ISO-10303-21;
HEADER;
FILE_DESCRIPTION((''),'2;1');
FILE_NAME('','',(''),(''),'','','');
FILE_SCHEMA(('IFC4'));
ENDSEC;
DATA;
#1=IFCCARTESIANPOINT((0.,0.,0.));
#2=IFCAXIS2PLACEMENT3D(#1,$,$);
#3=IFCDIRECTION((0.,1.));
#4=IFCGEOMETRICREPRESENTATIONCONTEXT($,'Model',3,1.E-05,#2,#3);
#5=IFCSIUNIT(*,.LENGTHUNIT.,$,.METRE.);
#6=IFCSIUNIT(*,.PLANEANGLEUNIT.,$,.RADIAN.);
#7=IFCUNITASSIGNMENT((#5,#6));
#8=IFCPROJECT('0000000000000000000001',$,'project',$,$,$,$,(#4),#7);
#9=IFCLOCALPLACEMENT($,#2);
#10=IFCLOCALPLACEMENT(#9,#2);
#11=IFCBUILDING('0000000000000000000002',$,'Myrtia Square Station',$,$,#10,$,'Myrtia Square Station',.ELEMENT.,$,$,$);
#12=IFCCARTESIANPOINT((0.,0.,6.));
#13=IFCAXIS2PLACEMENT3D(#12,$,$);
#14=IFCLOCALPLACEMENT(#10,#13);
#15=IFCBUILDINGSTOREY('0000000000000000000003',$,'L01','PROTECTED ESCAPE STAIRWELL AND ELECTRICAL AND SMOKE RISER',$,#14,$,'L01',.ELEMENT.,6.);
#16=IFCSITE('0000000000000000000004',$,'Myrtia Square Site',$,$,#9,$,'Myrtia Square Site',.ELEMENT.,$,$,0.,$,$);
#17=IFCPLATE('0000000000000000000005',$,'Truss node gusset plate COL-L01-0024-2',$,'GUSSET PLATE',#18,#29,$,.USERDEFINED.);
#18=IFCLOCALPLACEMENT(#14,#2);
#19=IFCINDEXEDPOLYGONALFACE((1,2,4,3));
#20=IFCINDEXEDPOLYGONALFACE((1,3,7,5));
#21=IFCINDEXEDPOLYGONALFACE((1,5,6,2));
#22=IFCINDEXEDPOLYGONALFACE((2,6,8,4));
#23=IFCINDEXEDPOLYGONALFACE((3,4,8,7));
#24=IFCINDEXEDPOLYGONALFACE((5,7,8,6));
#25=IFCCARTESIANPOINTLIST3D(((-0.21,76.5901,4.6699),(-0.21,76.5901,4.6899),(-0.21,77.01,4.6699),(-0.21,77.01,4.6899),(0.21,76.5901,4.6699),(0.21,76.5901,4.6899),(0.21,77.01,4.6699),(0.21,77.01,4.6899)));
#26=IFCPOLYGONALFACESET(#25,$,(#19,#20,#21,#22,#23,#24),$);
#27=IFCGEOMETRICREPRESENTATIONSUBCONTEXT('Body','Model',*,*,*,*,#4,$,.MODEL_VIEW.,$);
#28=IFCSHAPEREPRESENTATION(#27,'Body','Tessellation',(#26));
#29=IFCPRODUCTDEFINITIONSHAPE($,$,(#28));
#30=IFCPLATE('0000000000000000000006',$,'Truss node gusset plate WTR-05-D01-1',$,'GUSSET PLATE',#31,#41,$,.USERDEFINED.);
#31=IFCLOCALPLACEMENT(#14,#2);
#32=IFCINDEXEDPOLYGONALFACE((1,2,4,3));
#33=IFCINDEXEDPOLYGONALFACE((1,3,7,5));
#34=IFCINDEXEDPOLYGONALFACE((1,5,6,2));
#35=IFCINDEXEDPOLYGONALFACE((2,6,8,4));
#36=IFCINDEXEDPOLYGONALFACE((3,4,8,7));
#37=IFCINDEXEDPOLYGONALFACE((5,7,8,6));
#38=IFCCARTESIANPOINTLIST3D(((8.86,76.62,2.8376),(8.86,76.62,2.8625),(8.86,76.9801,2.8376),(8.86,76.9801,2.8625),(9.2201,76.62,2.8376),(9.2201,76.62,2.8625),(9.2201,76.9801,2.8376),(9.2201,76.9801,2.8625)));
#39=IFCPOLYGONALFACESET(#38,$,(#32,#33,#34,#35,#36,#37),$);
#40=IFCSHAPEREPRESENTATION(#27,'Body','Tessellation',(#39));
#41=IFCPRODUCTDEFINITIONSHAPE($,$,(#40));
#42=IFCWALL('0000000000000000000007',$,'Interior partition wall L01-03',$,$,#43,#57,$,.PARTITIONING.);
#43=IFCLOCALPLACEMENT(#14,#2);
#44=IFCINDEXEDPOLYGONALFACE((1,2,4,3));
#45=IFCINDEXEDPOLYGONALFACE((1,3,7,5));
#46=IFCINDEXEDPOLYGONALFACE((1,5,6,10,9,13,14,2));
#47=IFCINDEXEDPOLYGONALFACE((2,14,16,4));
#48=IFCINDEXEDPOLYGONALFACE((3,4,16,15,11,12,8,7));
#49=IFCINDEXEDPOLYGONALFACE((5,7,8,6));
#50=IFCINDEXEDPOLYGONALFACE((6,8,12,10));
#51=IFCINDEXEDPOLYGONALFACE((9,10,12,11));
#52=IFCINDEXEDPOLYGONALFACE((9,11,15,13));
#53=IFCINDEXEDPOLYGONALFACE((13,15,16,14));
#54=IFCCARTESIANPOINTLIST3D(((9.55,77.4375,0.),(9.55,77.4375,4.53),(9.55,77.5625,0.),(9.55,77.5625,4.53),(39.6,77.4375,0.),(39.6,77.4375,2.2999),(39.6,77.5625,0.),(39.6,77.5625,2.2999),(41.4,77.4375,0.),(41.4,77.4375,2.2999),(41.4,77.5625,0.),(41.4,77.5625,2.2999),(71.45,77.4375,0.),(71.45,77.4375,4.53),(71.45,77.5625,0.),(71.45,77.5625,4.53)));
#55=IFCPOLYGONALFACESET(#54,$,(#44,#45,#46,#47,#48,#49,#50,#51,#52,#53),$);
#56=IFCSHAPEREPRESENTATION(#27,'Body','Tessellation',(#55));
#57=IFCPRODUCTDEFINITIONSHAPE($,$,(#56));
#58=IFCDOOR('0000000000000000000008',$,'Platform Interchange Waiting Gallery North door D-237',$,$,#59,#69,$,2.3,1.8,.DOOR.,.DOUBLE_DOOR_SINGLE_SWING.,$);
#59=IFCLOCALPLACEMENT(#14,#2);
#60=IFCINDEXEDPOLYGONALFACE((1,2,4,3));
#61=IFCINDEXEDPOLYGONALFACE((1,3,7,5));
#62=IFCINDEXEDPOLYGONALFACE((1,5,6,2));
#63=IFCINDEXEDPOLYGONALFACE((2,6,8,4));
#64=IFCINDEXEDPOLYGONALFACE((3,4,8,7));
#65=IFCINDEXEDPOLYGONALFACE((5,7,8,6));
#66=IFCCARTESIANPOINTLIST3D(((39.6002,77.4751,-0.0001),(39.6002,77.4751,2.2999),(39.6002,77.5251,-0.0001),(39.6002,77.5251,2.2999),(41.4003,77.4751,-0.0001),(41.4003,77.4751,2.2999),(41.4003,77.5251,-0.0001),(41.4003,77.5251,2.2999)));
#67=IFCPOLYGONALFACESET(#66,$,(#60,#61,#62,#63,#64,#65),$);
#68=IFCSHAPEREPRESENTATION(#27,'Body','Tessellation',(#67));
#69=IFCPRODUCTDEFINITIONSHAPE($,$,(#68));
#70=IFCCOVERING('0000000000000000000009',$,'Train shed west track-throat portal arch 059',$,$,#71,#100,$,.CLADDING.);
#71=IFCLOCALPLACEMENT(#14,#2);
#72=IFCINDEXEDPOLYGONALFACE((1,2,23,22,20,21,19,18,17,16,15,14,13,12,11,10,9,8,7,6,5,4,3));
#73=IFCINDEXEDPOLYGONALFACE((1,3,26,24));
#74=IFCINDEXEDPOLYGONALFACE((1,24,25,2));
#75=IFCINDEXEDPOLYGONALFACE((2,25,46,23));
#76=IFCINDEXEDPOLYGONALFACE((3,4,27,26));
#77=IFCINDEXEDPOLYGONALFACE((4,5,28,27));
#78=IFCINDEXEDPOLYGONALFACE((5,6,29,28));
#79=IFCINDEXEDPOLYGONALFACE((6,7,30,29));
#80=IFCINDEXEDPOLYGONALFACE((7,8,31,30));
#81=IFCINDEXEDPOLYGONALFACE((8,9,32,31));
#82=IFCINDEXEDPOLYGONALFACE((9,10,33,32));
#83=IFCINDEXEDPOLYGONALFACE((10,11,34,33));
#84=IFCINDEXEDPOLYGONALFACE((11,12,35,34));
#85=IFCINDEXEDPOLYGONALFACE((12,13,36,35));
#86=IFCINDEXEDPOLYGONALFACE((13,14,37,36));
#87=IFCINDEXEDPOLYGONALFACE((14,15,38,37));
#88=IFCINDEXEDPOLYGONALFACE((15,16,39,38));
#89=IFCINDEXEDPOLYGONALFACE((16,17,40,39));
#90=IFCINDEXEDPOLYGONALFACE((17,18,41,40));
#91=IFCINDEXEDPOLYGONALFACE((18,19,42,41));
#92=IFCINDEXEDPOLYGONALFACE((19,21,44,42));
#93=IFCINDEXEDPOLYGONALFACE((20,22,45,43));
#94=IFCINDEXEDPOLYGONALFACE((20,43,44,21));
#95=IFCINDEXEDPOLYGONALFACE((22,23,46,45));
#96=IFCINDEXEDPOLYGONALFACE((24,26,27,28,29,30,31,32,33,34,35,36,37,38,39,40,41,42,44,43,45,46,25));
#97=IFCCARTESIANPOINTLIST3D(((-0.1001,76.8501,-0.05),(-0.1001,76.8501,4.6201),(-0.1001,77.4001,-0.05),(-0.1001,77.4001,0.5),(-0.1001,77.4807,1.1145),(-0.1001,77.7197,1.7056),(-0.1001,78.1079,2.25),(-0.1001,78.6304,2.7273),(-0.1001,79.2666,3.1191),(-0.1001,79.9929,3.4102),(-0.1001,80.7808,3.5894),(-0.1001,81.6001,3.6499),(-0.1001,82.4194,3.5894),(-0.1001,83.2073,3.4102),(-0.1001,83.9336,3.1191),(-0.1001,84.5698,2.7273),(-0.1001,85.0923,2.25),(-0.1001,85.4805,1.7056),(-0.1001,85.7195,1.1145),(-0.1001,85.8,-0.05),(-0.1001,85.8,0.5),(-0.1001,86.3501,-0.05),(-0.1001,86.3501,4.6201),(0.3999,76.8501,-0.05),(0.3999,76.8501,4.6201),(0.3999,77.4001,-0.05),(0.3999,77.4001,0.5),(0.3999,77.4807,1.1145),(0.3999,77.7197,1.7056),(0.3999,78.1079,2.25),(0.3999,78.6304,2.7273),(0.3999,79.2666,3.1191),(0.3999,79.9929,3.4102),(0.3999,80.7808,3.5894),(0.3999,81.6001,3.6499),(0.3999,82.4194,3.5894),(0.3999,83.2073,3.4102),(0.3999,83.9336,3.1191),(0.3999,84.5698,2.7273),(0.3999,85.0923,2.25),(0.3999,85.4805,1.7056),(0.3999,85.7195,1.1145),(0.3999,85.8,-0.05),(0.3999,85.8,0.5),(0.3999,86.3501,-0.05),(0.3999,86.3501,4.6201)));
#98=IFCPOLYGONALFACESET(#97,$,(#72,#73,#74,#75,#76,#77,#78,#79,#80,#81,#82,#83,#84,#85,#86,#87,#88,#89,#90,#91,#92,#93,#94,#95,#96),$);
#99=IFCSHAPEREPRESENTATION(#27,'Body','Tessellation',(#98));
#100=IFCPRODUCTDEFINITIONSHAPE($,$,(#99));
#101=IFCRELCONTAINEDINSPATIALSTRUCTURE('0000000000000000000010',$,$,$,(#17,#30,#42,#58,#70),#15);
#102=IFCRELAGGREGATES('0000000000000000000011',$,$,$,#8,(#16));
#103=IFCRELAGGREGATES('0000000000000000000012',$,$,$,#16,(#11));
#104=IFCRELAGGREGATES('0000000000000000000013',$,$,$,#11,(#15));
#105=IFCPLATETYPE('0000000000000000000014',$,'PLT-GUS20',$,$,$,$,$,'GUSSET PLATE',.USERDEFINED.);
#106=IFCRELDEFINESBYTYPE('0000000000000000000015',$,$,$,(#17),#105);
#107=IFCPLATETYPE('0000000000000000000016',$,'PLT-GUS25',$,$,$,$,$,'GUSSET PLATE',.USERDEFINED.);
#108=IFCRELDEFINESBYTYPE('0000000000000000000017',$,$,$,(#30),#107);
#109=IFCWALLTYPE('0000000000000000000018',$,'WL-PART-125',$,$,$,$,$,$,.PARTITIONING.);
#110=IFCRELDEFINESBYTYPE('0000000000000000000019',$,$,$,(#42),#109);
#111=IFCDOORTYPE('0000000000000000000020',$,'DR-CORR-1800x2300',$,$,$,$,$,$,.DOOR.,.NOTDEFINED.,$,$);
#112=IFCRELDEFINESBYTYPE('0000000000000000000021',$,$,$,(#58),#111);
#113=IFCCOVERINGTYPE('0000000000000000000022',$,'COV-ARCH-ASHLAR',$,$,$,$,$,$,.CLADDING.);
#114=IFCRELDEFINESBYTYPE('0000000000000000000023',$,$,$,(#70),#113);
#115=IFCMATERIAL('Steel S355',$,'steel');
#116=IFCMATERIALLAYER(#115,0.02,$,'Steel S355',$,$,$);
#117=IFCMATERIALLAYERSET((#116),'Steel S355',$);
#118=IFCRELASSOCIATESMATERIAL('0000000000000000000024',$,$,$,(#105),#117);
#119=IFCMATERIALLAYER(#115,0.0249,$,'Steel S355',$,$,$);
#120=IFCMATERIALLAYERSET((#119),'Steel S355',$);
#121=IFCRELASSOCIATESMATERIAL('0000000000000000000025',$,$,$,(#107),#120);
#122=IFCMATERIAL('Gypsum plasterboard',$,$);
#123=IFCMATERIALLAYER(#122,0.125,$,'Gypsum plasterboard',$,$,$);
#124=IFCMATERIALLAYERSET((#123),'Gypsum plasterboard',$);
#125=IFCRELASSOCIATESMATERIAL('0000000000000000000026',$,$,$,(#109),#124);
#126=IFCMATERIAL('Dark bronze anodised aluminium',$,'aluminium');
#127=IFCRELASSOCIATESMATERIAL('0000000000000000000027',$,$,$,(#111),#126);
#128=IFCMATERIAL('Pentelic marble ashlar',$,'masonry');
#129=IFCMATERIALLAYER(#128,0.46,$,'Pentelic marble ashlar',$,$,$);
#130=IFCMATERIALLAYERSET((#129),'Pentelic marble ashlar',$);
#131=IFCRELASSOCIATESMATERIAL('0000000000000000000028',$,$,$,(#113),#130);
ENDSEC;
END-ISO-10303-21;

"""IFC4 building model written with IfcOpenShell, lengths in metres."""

from ifc_helpers import new_model, si_unit, direction, frame, frame_2d, origin, origin_2d, place, context, subcontext, project, spatial, polyline, rectangle, outline, extrude, material, layer, layer_set, type_object, element, fill, save


model = new_model("IFC4")

# Units and contexts
model_context = context("Model", 3, precision=1e-05, world=origin(), true_north=direction((0.0, 1.0)))
body_context = subcontext(model_context, "Body", "Model", "MODEL_VIEW")
ifc_project = project(units=[si_unit("LENGTHUNIT", "METRE"), si_unit("PLANEANGLEUNIT", "RADIAN")], contexts=[model_context])

# Site, building, storey
site_placement = place(None, origin())
site = spatial("IfcSite", under=ifc_project, at=site_placement, Name="Myrtia Square Site", LongName="Myrtia Square Site", CompositionType="ELEMENT", RefElevation=0.0)
building_placement = place(site_placement, origin())
building = spatial("IfcBuilding", under=site, at=building_placement, Name="Myrtia Square Station", LongName="Myrtia Square Station", CompositionType="ELEMENT")
storey_placement = place(building_placement, frame((0.0, 0.0, 6.0)))
storey = spatial("IfcBuildingStorey", under=building, at=storey_placement, Name="L01", Description="PROTECTED ESCAPE STAIRWELL AND ELECTRICAL AND SMOKE RISER", LongName="L01", CompositionType="ELEMENT", Elevation=6.0)

# Shared definitions
ifc_material_1 = material(Name="Steel S355", Category="steel")

# Shared definitions
ifc_material_2 = material(Name="Dark bronze anodised aluminium", Category="aluminium")

# Plates
ifc_layer_1 = layer(ifc_material_1, 0.02, Name="Steel S355")
ifc_layer_set_1 = layer_set([ifc_layer_1], Name="Steel S355")
plate_type_1 = type_object("IfcPlateType", Name="PLT-GUS20", ElementType="GUSSET PLATE", PredefinedType="USERDEFINED", material=ifc_layer_set_1)
for number, where, z_axis, x_axis, name in (
    (1, (0.0, 76.8, 4.6699), (0.0, 0.0, 1.0), (1.0, 0.0, 0.0), "Truss node gusset plate COL-L01-0024-2"),
):
    element("IfcPlate", number, at=place(storey_placement, frame(where, z_axis=z_axis, x_axis=x_axis)), inside=storey, type_object=plate_type_1, Name=name, ObjectType="GUSSET PLATE", PredefinedType="USERDEFINED", context=body_context, shape_type="SweptSolid", body=[
        extrude(rectangle(XDim=0.4199, YDim=0.4199, at=origin_2d()), origin(), (0.0, 0.0, 1.0), 0.02),
    ])
ifc_layer_2 = layer(ifc_material_1, 0.0249, Name="Steel S355")
ifc_layer_set_2 = layer_set([ifc_layer_2], Name="Steel S355")
plate_type_2 = type_object("IfcPlateType", Name="PLT-GUS25", ElementType="GUSSET PLATE", PredefinedType="USERDEFINED", material=ifc_layer_set_2)
plate_placement = place(storey_placement, frame((9.04, 76.8, 2.8376), z_axis=(0.0, 0.0, 1.0), x_axis=(1.0, 0.0, 0.0)))
element("IfcPlate", 2, at=plate_placement, inside=storey, type_object=plate_type_2, Name="Truss node gusset plate WTR-05-D01-1", ObjectType="GUSSET PLATE", PredefinedType="USERDEFINED", context=body_context, shape_type="SweptSolid", body=[
    extrude(rectangle(XDim=0.3601, YDim=0.3601, at=origin_2d()), origin(), (0.0, 0.0, 1.0), 0.0249),
])

# Wall, opening, door
ifc_material_3 = material(Name="Gypsum plasterboard")
ifc_layer_3 = layer(ifc_material_3, 0.125, Name="Gypsum plasterboard")
ifc_layer_set_3 = layer_set([ifc_layer_3], Name="Gypsum plasterboard")
wall_type = type_object("IfcWallType", Name="WL-PART-125", PredefinedType="PARTITIONING", material=ifc_layer_set_3)
wall_placement = place(storey_placement, frame((9.55, 77.5, 0.0), z_axis=(0.0, 0.0, 1.0), x_axis=(1.0, 0.0, 0.0)))
wall = element("IfcWall", 3, at=wall_placement, inside=storey, type_object=wall_type, Name="Interior partition wall L01-03", PredefinedType="PARTITIONING", context=body_context, shape_type="SweptSolid", body=[
    extrude(rectangle(XDim=61.8999, YDim=0.125, at=frame_2d((30.95, 0.0))), origin(), (0.0, 0.0, 1.0), 4.53),
])
opening_placement = place(wall_placement, frame((30.05, 0.0, 0.0)))
opening = element("IfcOpeningElement", 4, at=opening_placement, cuts=wall, PredefinedType="OPENING", context=body_context, shape_type="SweptSolid", body=[
    extrude(rectangle(XDim=1.8, YDim=2.3, at=frame_2d((0.8999, 1.1499))), frame((0.0, 0.0774, 0.0), z_axis=(0.0, -1.0, 0.0), x_axis=(1.0, 0.0, 0.0)), (0.0, 0.0, 1.0), 0.155),
])
door_type = type_object("IfcDoorType", Name="DR-CORR-1800x2300", OperationType="NOTDEFINED", PredefinedType="DOOR", material=ifc_material_2)
door_placement = place(opening_placement, frame((1.8, 0.0, 0.0), z_axis=(0.0, 0.0, 1.0), x_axis=(-1.0, 0.0, 0.0)))
door = element("IfcDoor", 5, at=door_placement, inside=storey, type_object=door_type, Name="Platform Interchange Waiting Gallery North door D-237", OperationType="DOUBLE_DOOR_SINGLE_SWING", OverallHeight=2.3, OverallWidth=1.8, PredefinedType="DOOR", context=body_context, shape_type="SweptSolid", body=[
    extrude(rectangle(XDim=1.8, YDim=2.3, at=frame_2d((0.8999, 1.1499))), frame((0.0, 0.0249, 0.0), z_axis=(0.0, -1.0, 0.0), x_axis=(1.0, 0.0, 0.0)), (0.0, 0.0, 1.0), 0.05),
])
fill(opening, door)

# Covering
ifc_material_4 = material(Name="Pentelic marble ashlar", Category="masonry")
ifc_layer_4 = layer(ifc_material_4, 0.46, Name="Pentelic marble ashlar")
ifc_layer_set_4 = layer_set([ifc_layer_4], Name="Pentelic marble ashlar")
covering_type = type_object("IfcCoveringType", Name="COV-ARCH-ASHLAR", PredefinedType="CLADDING", material=ifc_layer_set_4)
covering_placement = place(storey_placement, frame((0.1499, 76.8501, -0.05), z_axis=(0.0, 0.0, 1.0), x_axis=(0.0, 1.0, 0.0)))
element("IfcCovering", 6, at=covering_placement, inside=storey, type_object=covering_type, Name="Train shed west track-throat portal arch 059", PredefinedType="CLADDING", context=body_context, shape_type="SweptSolid", body=[
    extrude(outline(polyline([(0.0, 0.0), (0.55, 0.0), (0.55, 0.55), (0.6306, 1.1646), (0.8696, 1.7556), (1.2578, 2.3), (1.7803, 2.7773), (2.4165, 3.1692), (3.1428, 3.4602), (3.9307, 3.6394), (4.75, 3.7), (5.5693, 3.6394), (6.3572, 3.4602), (7.0835, 3.1692), (7.7197, 2.7773), (8.2422, 2.3), (8.6304, 1.7556), (8.8694, 1.1646), (8.95, 0.55), (8.95, 0.0), (9.5, 0.0), (9.5, 4.6702), (0.0, 4.6702), (0.0, 0.0)])), frame((0.0, 0.25, 0.0), z_axis=(0.0, -1.0, 0.0), x_axis=(1.0, 0.0, 0.0)), (0.0, 0.0, 1.0), 0.5),
])

save(model, "model.ifc")
